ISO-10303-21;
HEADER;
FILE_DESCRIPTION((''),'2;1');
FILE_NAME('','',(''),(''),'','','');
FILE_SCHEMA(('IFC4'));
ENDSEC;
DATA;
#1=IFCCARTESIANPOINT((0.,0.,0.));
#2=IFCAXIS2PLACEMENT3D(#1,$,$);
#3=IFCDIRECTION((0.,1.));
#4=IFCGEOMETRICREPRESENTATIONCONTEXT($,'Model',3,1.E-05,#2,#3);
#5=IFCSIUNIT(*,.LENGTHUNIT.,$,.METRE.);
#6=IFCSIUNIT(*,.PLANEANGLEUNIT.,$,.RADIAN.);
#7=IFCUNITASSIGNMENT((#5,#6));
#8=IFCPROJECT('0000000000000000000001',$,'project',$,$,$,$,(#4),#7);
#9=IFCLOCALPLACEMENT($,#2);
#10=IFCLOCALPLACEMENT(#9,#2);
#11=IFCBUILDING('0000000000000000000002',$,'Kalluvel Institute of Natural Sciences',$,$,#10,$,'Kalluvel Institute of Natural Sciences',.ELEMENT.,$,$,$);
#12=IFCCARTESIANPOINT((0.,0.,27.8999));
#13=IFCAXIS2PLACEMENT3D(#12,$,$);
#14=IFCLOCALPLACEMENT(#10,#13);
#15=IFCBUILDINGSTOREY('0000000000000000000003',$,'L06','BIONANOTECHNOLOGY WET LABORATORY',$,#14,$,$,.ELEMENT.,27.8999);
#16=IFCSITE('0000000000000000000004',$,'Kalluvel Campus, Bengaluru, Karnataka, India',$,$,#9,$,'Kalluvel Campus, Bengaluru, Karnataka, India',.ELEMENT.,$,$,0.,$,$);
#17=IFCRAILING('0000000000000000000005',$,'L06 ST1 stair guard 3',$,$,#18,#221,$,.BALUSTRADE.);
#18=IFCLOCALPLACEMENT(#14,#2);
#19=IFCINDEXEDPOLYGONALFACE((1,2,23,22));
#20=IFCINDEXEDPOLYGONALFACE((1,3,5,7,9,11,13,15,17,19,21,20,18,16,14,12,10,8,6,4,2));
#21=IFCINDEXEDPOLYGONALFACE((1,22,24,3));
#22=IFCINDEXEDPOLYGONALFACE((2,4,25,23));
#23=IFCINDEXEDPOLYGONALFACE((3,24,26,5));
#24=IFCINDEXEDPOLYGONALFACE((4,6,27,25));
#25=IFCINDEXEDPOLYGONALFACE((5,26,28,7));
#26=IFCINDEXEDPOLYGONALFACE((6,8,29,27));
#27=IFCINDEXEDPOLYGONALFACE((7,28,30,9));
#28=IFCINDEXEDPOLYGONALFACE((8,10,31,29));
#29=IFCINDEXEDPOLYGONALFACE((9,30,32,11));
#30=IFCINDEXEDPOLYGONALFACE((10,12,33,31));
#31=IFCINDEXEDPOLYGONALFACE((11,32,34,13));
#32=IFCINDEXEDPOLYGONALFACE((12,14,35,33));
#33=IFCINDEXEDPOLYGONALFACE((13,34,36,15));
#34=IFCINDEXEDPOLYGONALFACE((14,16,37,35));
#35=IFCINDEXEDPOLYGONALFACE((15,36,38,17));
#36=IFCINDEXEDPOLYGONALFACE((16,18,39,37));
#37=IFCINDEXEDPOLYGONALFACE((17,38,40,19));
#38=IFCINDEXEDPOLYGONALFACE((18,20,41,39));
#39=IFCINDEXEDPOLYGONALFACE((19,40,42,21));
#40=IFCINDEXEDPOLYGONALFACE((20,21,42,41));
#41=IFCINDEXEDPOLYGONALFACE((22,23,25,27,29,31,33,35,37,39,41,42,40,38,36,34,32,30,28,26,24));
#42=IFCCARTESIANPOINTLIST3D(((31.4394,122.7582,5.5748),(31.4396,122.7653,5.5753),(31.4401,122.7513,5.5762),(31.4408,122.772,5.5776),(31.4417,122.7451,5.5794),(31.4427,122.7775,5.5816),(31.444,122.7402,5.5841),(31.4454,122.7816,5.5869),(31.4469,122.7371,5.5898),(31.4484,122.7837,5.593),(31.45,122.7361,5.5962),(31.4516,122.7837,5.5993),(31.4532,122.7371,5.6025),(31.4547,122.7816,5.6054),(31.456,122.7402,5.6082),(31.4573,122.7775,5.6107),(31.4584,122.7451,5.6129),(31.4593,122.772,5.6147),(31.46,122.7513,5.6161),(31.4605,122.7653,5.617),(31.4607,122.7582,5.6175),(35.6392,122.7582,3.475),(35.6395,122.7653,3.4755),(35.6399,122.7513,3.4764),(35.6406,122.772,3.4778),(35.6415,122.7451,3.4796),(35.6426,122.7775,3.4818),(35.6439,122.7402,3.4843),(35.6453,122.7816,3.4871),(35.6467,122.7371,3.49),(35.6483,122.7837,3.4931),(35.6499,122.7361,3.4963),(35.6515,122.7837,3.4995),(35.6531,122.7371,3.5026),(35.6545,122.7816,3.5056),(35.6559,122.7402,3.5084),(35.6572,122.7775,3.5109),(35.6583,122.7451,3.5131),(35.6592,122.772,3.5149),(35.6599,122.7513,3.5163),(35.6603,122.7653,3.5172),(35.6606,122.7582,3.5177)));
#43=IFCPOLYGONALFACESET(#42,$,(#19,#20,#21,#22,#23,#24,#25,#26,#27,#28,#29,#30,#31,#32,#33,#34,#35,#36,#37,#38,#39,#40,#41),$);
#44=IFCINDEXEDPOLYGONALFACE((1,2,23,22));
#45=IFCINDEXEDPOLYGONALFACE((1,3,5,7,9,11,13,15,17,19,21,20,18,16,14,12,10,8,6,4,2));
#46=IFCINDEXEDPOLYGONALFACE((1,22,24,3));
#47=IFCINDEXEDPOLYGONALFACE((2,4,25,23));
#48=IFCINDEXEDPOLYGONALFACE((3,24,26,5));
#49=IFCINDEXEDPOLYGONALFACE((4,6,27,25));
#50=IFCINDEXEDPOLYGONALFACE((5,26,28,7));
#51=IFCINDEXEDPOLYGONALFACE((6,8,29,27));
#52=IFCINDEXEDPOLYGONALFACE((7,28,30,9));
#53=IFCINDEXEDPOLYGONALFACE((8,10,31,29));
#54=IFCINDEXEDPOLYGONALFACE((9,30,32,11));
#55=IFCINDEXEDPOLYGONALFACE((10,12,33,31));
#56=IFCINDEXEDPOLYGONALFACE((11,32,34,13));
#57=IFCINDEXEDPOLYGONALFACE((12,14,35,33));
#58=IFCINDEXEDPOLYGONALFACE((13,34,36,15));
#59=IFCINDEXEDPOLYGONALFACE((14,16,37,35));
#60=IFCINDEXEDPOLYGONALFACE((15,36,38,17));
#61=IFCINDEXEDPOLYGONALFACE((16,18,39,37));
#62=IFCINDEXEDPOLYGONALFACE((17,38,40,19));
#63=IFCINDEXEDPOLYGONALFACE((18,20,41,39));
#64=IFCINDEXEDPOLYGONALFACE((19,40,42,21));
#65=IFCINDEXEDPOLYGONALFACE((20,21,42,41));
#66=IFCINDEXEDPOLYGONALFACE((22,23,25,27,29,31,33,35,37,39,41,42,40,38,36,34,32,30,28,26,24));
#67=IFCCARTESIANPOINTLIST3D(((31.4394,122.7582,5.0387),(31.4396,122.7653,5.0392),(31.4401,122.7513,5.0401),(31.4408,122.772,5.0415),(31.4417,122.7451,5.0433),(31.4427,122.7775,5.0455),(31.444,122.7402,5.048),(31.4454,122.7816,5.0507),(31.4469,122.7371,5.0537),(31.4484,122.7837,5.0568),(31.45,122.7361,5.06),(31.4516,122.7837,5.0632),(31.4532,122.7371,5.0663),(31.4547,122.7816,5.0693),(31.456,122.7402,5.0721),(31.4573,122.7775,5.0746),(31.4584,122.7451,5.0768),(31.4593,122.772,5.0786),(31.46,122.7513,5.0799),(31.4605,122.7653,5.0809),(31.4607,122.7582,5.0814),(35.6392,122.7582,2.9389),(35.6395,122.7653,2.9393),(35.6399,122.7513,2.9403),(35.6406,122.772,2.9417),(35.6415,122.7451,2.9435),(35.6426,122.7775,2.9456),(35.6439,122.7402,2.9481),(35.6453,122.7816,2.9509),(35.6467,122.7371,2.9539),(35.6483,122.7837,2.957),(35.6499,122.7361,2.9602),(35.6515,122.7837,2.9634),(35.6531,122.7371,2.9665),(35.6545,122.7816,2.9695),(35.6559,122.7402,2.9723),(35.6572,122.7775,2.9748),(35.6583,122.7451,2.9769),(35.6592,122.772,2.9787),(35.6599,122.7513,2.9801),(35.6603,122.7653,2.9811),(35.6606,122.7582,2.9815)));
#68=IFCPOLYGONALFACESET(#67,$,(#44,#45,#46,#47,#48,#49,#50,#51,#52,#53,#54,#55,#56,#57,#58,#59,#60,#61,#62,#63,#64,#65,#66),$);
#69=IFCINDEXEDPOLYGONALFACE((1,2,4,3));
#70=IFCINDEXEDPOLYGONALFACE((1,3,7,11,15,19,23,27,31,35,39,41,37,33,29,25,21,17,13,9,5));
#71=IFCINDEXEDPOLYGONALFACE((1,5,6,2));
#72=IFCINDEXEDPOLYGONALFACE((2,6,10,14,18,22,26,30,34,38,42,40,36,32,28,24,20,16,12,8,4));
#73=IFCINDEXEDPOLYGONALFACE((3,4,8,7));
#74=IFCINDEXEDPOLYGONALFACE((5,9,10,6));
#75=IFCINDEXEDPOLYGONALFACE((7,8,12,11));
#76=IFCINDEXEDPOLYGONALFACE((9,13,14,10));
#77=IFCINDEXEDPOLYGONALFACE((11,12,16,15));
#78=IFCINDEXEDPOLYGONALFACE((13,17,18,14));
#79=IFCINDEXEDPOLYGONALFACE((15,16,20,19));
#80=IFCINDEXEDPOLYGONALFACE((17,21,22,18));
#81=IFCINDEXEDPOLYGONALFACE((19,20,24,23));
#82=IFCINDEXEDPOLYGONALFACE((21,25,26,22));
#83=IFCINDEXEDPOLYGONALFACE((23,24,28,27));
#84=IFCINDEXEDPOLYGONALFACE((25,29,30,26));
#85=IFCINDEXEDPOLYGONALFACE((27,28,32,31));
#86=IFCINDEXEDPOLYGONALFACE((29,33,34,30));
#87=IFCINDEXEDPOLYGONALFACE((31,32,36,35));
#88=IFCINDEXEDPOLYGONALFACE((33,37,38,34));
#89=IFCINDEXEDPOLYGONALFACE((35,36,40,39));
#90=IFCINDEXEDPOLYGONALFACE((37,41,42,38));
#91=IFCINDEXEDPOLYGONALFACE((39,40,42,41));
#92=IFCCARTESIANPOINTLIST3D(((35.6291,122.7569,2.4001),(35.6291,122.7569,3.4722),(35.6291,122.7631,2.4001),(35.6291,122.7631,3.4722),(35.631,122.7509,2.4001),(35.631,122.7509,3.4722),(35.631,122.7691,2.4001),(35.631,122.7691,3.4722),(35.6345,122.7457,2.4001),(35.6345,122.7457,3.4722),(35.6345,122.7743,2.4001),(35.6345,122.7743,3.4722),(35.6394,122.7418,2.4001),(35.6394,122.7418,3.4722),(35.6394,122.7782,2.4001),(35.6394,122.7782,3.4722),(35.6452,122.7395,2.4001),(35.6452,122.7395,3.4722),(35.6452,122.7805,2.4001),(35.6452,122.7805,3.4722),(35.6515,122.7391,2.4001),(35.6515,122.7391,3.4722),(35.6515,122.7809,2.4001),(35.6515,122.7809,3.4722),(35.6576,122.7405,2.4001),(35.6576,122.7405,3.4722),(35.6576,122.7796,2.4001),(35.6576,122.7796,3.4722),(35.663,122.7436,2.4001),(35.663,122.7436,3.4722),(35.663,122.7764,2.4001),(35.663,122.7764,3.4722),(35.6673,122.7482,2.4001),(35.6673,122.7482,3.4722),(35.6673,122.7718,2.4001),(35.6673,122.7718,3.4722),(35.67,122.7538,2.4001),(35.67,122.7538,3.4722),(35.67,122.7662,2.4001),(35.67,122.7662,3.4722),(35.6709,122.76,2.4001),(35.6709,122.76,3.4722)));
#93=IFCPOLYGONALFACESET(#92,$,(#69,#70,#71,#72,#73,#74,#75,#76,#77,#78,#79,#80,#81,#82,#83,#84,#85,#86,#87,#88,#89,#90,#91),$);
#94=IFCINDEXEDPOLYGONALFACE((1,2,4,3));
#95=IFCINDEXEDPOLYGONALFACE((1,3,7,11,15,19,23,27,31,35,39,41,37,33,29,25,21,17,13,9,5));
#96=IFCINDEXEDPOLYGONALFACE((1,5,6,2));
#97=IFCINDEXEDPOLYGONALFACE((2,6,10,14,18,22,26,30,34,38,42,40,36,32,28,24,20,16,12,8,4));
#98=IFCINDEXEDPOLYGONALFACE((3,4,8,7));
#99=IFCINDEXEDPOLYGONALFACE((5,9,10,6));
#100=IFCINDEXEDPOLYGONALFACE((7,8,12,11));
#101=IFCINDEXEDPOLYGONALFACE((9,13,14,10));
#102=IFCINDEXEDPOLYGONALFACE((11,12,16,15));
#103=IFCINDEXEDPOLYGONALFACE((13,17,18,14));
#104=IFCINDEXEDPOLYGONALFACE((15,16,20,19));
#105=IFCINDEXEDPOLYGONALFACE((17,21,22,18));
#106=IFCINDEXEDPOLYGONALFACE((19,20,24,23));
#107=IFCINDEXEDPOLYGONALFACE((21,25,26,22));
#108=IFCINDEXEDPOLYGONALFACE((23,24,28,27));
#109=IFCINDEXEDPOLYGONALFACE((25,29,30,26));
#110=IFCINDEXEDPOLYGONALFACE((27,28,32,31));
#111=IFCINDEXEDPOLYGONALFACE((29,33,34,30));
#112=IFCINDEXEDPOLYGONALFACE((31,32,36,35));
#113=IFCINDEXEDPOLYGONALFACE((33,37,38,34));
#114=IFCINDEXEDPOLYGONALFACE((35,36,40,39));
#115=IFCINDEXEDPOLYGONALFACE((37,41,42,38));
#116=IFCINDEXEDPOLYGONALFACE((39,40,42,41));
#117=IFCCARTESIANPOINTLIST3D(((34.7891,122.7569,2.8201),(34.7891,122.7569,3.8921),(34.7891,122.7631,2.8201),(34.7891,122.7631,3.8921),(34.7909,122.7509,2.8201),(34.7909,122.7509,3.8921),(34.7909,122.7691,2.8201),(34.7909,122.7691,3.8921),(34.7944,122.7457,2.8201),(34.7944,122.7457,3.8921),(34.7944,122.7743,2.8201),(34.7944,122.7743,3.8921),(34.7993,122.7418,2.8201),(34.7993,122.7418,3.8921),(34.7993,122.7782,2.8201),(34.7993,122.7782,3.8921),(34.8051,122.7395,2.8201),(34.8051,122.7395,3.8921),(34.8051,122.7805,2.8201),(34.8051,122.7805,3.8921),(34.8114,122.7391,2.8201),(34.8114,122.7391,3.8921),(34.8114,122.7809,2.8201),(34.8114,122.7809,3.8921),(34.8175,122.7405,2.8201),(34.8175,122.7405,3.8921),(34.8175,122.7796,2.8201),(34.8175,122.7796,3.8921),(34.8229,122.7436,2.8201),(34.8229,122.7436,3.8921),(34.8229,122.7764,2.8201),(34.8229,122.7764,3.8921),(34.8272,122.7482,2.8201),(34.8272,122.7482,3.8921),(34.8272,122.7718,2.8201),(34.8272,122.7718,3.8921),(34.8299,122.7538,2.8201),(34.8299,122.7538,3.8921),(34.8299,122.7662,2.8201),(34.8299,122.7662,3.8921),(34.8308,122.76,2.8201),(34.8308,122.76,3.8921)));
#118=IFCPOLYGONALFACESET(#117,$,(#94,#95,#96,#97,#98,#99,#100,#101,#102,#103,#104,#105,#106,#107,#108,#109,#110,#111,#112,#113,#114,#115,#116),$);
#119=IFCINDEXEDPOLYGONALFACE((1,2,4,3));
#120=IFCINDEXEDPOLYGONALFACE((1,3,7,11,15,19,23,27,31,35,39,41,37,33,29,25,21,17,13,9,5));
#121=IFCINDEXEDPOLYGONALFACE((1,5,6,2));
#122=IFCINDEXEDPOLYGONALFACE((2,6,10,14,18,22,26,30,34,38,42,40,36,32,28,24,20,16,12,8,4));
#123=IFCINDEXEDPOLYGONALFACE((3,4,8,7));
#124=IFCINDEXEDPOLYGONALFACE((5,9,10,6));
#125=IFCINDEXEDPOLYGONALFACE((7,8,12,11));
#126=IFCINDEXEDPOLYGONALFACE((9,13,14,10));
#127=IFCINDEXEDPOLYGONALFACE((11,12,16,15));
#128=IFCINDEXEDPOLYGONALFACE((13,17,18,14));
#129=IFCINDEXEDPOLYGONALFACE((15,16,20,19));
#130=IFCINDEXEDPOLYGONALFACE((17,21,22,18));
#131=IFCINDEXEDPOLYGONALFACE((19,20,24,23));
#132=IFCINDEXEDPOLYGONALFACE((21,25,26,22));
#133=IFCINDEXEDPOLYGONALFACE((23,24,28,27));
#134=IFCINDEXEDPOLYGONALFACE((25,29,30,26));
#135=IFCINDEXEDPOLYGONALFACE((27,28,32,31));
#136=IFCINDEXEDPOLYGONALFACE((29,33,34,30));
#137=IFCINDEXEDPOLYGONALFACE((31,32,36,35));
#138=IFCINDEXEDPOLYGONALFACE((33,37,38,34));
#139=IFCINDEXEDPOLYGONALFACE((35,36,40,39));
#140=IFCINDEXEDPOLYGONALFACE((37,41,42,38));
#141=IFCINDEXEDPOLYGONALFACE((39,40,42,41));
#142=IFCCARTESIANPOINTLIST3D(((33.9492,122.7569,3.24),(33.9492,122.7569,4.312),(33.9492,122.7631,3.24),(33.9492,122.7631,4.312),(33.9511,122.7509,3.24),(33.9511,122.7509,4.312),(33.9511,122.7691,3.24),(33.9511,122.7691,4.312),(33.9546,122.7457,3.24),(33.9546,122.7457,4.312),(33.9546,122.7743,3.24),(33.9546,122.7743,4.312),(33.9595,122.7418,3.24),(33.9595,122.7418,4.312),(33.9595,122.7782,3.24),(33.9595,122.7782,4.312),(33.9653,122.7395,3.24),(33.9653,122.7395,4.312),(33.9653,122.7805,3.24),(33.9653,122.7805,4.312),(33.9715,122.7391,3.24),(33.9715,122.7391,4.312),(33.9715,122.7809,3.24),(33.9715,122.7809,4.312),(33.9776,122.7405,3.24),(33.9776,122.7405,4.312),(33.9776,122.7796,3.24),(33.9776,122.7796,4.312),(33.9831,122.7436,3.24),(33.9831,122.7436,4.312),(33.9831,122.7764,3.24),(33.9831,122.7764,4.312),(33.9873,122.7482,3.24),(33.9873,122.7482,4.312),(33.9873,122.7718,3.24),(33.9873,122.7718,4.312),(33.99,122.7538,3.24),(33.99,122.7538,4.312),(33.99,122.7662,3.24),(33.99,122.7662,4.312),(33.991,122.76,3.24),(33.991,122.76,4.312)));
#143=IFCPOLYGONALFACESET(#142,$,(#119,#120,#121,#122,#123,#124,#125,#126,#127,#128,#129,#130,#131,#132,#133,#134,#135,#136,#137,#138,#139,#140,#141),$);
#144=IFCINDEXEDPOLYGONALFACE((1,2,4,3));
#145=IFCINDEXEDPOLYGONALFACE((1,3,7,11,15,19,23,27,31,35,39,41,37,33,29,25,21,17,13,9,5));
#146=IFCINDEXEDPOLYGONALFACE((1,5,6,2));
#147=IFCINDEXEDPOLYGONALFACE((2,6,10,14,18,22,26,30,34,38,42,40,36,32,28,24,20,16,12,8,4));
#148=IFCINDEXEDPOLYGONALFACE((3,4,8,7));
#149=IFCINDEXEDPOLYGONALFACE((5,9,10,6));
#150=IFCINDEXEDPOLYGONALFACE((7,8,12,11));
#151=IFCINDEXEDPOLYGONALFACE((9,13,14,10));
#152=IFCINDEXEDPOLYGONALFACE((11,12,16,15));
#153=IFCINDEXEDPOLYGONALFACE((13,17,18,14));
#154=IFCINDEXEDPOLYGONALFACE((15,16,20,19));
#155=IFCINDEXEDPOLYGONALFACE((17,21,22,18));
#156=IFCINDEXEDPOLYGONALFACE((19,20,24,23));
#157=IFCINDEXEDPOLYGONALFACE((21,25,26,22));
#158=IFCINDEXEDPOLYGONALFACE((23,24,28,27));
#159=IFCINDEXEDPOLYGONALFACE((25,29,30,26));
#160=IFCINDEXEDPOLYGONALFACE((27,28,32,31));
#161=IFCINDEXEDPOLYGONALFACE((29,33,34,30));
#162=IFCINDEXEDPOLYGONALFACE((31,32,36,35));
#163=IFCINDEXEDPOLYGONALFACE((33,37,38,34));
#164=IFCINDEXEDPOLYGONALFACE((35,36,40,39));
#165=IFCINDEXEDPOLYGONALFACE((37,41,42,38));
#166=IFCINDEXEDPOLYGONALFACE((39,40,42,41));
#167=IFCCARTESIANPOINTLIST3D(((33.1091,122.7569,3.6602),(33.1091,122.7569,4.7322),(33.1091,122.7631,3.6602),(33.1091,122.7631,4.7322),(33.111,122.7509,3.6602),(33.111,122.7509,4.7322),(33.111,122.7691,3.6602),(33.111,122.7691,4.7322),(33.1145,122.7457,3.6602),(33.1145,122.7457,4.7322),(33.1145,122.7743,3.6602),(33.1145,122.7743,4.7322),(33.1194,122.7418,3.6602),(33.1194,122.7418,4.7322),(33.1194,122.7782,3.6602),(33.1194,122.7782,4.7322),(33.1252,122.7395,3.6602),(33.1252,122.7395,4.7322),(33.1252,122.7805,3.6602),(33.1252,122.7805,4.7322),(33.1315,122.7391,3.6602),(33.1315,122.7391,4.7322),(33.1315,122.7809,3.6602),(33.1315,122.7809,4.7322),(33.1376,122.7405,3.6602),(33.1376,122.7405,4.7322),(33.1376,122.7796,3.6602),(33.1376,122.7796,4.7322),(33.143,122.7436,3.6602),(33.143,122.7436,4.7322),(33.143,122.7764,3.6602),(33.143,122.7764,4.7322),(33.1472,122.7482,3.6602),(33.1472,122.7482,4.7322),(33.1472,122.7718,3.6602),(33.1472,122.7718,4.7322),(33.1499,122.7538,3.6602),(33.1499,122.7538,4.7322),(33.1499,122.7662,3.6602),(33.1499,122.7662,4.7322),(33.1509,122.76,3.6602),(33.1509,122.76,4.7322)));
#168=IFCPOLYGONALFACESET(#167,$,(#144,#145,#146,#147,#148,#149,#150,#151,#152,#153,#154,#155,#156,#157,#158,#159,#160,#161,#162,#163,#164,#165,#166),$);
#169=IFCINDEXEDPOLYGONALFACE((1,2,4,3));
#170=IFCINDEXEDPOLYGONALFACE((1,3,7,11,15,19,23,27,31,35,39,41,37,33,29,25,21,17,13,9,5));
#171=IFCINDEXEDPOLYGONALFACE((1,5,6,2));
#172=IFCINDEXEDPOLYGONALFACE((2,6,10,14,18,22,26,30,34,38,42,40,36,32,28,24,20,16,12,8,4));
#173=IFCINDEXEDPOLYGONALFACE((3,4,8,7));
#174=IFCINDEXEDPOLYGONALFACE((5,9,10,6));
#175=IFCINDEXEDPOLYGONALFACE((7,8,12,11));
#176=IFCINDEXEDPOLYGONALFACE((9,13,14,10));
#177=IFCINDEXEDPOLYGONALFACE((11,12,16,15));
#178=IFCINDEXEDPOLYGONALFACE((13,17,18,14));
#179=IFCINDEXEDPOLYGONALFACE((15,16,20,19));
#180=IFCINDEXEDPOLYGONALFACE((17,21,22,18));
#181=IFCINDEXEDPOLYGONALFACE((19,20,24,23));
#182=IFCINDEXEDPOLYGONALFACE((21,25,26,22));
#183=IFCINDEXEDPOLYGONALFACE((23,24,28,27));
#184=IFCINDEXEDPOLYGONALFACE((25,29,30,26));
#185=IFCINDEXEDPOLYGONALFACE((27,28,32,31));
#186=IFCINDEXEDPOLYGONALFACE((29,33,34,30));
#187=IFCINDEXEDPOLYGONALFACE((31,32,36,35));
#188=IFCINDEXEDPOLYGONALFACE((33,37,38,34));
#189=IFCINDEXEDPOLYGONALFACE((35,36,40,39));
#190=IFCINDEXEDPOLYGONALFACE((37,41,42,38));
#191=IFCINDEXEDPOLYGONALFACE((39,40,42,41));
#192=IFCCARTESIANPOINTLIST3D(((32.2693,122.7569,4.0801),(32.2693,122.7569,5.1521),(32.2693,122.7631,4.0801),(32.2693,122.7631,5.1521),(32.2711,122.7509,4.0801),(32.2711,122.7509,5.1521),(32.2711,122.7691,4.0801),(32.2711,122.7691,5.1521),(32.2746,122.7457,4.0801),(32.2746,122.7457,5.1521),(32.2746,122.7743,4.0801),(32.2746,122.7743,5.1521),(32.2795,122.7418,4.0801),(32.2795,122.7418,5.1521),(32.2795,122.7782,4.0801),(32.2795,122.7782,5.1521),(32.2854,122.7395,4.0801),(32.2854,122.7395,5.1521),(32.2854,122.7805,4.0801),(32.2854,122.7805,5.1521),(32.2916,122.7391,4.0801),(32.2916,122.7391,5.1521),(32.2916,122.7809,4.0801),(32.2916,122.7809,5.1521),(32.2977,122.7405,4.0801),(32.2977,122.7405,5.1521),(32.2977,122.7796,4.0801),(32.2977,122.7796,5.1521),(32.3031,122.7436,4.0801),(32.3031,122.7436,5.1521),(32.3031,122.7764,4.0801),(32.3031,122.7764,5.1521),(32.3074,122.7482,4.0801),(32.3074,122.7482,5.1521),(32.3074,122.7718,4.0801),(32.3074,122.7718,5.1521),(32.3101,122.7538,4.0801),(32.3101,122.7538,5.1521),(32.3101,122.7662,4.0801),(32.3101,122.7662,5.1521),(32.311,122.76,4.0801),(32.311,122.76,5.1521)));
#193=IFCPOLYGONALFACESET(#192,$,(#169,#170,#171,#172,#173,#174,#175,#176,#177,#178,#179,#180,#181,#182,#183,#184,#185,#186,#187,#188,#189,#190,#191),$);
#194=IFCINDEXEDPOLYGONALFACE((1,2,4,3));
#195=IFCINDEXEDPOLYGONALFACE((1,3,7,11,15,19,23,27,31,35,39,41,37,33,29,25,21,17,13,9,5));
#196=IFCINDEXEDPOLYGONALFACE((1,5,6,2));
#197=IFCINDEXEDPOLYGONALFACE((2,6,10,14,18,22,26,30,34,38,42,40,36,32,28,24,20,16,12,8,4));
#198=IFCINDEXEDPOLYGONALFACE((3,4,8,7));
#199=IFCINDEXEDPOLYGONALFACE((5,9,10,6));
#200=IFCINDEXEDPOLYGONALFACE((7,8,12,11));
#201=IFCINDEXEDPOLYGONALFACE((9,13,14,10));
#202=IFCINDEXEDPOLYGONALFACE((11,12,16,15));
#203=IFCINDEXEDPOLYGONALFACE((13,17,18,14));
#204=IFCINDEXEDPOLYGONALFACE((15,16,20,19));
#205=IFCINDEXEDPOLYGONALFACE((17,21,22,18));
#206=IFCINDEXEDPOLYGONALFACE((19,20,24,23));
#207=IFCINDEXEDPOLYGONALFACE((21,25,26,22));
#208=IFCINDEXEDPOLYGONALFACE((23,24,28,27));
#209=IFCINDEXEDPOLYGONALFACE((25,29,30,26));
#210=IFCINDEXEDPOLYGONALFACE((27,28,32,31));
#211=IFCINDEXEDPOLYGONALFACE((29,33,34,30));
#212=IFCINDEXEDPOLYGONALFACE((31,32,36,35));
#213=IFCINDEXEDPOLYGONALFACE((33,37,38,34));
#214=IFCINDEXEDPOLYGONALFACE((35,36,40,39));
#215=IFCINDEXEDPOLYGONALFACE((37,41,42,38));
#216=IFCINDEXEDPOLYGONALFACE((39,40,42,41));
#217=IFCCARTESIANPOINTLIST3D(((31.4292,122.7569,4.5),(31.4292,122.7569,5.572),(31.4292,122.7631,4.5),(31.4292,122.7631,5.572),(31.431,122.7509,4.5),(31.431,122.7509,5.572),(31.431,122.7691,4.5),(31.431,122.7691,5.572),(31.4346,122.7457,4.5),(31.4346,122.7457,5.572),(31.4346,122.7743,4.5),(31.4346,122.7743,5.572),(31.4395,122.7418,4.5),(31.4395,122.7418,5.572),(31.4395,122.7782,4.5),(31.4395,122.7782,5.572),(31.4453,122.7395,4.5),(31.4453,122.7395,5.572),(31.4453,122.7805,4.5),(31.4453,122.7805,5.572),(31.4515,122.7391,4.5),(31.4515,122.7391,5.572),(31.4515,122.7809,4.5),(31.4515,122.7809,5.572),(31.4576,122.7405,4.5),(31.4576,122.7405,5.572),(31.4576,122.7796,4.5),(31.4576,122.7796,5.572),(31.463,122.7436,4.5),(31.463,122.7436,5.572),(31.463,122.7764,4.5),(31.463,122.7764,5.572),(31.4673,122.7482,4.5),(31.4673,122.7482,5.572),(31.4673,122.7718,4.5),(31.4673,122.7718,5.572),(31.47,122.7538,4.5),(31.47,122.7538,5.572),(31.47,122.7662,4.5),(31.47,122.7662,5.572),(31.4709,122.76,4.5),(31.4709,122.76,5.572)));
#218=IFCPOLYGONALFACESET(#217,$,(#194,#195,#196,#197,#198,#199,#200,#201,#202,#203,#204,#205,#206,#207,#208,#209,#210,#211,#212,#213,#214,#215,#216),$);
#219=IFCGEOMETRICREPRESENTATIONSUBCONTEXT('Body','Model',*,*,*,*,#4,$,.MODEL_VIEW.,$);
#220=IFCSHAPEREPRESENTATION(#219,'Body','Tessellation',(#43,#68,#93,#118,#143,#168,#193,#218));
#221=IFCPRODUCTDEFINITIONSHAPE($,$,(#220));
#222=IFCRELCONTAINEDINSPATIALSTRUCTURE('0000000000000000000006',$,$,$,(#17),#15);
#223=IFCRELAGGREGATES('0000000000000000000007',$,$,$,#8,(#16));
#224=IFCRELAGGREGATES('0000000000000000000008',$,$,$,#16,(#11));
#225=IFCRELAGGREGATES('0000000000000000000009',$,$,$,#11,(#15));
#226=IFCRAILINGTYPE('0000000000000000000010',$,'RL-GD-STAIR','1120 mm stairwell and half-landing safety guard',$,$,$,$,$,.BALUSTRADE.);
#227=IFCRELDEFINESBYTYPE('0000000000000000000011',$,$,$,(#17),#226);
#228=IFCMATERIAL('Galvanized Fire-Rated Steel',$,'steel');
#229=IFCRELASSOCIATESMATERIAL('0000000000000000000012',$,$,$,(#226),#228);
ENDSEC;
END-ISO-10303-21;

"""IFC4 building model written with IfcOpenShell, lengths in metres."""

from ifc_helpers import new_model, si_unit, direction, frame, origin, origin_2d, place, context, subcontext, project, spatial, circle, extrude, material, type_object, element, save


model = new_model("IFC4")

# Units and contexts
model_context = context("Model", 3, precision=1e-05, world=origin(), true_north=direction((0.0, 1.0)))
body_context = subcontext(model_context, "Body", "Model", "MODEL_VIEW")
ifc_project = project(units=[si_unit("LENGTHUNIT", "METRE"), si_unit("PLANEANGLEUNIT", "RADIAN")], contexts=[model_context])

# Site, building, storey
site_placement = place(None, origin())
site = spatial("IfcSite", under=ifc_project, at=site_placement, Name="Kalluvel Campus, Bengaluru, Karnataka, India", LongName="Kalluvel Campus, Bengaluru, Karnataka, India", CompositionType="ELEMENT", RefElevation=0.0)
building_placement = place(site_placement, origin())
building = spatial("IfcBuilding", under=site, at=building_placement, Name="Kalluvel Institute of Natural Sciences", LongName="Kalluvel Institute of Natural Sciences", CompositionType="ELEMENT")
storey_placement = place(building_placement, frame((0.0, 0.0, 27.8999)))
storey = spatial("IfcBuildingStorey", under=building, at=storey_placement, Name="L06", Description="BIONANOTECHNOLOGY WET LABORATORY", CompositionType="ELEMENT", Elevation=27.8999)

# Shared definitions
ifc_material_1 = material(Name="Galvanized Fire-Rated Steel", Category="steel")

# Railing
railing_type_1 = type_object("IfcRailingType", Name="RL-GD-STAIR", Description="1120 mm stairwell and half-landing safety guard", PredefinedType="BALUSTRADE", material=ifc_material_1)
railing_1_placement = place(storey_placement, frame((35.6499, 122.76, 2.4001)))
element("IfcRailing", 1, at=railing_1_placement, inside=storey, type_object=railing_type_1, Name="L06 ST1 stair guard 3", PredefinedType="BALUSTRADE", context=body_context, shape_type="SweptSolid", body=[
    extrude(circle(Radius=0.0239, at=origin_2d()), frame((0.0, 0.0, 1.0962), z_axis=(-0.894438, 0.0, 0.447193), x_axis=(0.0, -1.0, 0.0)), (0.0, 0.0, 1.0), 4.6956),
    extrude(circle(Radius=0.0239, at=origin_2d()), frame((0.0, 0.0, 0.5601), z_axis=(-0.894438, 0.0, 0.447193), x_axis=(0.0, -1.0, 0.0)), (0.0, 0.0, 1.0), 4.6956),
    extrude(circle(Radius=0.021, at=origin_2d()), origin(), (0.0, 0.0, 1.0), 1.072),
    extrude(circle(Radius=0.021, at=origin_2d()), frame((-0.8401, 0.0, 0.4199)), (0.0, 0.0, 1.0), 1.072),
    extrude(circle(Radius=0.021, at=origin_2d()), frame((-1.6799, 0.0, 0.8398)), (0.0, 0.0, 1.0), 1.072),
    extrude(circle(Radius=0.021, at=origin_2d()), frame((-2.52, 0.0, 1.26)), (0.0, 0.0, 1.0), 1.072),
    extrude(circle(Radius=0.021, at=origin_2d()), frame((-3.3599, 0.0, 1.6799)), (0.0, 0.0, 1.0), 1.072),
    extrude(circle(Radius=0.021, at=origin_2d()), frame((-4.2, 0.0, 2.0999)), (0.0, 0.0, 1.0), 1.072),
])

save(model, "model.ifc")
